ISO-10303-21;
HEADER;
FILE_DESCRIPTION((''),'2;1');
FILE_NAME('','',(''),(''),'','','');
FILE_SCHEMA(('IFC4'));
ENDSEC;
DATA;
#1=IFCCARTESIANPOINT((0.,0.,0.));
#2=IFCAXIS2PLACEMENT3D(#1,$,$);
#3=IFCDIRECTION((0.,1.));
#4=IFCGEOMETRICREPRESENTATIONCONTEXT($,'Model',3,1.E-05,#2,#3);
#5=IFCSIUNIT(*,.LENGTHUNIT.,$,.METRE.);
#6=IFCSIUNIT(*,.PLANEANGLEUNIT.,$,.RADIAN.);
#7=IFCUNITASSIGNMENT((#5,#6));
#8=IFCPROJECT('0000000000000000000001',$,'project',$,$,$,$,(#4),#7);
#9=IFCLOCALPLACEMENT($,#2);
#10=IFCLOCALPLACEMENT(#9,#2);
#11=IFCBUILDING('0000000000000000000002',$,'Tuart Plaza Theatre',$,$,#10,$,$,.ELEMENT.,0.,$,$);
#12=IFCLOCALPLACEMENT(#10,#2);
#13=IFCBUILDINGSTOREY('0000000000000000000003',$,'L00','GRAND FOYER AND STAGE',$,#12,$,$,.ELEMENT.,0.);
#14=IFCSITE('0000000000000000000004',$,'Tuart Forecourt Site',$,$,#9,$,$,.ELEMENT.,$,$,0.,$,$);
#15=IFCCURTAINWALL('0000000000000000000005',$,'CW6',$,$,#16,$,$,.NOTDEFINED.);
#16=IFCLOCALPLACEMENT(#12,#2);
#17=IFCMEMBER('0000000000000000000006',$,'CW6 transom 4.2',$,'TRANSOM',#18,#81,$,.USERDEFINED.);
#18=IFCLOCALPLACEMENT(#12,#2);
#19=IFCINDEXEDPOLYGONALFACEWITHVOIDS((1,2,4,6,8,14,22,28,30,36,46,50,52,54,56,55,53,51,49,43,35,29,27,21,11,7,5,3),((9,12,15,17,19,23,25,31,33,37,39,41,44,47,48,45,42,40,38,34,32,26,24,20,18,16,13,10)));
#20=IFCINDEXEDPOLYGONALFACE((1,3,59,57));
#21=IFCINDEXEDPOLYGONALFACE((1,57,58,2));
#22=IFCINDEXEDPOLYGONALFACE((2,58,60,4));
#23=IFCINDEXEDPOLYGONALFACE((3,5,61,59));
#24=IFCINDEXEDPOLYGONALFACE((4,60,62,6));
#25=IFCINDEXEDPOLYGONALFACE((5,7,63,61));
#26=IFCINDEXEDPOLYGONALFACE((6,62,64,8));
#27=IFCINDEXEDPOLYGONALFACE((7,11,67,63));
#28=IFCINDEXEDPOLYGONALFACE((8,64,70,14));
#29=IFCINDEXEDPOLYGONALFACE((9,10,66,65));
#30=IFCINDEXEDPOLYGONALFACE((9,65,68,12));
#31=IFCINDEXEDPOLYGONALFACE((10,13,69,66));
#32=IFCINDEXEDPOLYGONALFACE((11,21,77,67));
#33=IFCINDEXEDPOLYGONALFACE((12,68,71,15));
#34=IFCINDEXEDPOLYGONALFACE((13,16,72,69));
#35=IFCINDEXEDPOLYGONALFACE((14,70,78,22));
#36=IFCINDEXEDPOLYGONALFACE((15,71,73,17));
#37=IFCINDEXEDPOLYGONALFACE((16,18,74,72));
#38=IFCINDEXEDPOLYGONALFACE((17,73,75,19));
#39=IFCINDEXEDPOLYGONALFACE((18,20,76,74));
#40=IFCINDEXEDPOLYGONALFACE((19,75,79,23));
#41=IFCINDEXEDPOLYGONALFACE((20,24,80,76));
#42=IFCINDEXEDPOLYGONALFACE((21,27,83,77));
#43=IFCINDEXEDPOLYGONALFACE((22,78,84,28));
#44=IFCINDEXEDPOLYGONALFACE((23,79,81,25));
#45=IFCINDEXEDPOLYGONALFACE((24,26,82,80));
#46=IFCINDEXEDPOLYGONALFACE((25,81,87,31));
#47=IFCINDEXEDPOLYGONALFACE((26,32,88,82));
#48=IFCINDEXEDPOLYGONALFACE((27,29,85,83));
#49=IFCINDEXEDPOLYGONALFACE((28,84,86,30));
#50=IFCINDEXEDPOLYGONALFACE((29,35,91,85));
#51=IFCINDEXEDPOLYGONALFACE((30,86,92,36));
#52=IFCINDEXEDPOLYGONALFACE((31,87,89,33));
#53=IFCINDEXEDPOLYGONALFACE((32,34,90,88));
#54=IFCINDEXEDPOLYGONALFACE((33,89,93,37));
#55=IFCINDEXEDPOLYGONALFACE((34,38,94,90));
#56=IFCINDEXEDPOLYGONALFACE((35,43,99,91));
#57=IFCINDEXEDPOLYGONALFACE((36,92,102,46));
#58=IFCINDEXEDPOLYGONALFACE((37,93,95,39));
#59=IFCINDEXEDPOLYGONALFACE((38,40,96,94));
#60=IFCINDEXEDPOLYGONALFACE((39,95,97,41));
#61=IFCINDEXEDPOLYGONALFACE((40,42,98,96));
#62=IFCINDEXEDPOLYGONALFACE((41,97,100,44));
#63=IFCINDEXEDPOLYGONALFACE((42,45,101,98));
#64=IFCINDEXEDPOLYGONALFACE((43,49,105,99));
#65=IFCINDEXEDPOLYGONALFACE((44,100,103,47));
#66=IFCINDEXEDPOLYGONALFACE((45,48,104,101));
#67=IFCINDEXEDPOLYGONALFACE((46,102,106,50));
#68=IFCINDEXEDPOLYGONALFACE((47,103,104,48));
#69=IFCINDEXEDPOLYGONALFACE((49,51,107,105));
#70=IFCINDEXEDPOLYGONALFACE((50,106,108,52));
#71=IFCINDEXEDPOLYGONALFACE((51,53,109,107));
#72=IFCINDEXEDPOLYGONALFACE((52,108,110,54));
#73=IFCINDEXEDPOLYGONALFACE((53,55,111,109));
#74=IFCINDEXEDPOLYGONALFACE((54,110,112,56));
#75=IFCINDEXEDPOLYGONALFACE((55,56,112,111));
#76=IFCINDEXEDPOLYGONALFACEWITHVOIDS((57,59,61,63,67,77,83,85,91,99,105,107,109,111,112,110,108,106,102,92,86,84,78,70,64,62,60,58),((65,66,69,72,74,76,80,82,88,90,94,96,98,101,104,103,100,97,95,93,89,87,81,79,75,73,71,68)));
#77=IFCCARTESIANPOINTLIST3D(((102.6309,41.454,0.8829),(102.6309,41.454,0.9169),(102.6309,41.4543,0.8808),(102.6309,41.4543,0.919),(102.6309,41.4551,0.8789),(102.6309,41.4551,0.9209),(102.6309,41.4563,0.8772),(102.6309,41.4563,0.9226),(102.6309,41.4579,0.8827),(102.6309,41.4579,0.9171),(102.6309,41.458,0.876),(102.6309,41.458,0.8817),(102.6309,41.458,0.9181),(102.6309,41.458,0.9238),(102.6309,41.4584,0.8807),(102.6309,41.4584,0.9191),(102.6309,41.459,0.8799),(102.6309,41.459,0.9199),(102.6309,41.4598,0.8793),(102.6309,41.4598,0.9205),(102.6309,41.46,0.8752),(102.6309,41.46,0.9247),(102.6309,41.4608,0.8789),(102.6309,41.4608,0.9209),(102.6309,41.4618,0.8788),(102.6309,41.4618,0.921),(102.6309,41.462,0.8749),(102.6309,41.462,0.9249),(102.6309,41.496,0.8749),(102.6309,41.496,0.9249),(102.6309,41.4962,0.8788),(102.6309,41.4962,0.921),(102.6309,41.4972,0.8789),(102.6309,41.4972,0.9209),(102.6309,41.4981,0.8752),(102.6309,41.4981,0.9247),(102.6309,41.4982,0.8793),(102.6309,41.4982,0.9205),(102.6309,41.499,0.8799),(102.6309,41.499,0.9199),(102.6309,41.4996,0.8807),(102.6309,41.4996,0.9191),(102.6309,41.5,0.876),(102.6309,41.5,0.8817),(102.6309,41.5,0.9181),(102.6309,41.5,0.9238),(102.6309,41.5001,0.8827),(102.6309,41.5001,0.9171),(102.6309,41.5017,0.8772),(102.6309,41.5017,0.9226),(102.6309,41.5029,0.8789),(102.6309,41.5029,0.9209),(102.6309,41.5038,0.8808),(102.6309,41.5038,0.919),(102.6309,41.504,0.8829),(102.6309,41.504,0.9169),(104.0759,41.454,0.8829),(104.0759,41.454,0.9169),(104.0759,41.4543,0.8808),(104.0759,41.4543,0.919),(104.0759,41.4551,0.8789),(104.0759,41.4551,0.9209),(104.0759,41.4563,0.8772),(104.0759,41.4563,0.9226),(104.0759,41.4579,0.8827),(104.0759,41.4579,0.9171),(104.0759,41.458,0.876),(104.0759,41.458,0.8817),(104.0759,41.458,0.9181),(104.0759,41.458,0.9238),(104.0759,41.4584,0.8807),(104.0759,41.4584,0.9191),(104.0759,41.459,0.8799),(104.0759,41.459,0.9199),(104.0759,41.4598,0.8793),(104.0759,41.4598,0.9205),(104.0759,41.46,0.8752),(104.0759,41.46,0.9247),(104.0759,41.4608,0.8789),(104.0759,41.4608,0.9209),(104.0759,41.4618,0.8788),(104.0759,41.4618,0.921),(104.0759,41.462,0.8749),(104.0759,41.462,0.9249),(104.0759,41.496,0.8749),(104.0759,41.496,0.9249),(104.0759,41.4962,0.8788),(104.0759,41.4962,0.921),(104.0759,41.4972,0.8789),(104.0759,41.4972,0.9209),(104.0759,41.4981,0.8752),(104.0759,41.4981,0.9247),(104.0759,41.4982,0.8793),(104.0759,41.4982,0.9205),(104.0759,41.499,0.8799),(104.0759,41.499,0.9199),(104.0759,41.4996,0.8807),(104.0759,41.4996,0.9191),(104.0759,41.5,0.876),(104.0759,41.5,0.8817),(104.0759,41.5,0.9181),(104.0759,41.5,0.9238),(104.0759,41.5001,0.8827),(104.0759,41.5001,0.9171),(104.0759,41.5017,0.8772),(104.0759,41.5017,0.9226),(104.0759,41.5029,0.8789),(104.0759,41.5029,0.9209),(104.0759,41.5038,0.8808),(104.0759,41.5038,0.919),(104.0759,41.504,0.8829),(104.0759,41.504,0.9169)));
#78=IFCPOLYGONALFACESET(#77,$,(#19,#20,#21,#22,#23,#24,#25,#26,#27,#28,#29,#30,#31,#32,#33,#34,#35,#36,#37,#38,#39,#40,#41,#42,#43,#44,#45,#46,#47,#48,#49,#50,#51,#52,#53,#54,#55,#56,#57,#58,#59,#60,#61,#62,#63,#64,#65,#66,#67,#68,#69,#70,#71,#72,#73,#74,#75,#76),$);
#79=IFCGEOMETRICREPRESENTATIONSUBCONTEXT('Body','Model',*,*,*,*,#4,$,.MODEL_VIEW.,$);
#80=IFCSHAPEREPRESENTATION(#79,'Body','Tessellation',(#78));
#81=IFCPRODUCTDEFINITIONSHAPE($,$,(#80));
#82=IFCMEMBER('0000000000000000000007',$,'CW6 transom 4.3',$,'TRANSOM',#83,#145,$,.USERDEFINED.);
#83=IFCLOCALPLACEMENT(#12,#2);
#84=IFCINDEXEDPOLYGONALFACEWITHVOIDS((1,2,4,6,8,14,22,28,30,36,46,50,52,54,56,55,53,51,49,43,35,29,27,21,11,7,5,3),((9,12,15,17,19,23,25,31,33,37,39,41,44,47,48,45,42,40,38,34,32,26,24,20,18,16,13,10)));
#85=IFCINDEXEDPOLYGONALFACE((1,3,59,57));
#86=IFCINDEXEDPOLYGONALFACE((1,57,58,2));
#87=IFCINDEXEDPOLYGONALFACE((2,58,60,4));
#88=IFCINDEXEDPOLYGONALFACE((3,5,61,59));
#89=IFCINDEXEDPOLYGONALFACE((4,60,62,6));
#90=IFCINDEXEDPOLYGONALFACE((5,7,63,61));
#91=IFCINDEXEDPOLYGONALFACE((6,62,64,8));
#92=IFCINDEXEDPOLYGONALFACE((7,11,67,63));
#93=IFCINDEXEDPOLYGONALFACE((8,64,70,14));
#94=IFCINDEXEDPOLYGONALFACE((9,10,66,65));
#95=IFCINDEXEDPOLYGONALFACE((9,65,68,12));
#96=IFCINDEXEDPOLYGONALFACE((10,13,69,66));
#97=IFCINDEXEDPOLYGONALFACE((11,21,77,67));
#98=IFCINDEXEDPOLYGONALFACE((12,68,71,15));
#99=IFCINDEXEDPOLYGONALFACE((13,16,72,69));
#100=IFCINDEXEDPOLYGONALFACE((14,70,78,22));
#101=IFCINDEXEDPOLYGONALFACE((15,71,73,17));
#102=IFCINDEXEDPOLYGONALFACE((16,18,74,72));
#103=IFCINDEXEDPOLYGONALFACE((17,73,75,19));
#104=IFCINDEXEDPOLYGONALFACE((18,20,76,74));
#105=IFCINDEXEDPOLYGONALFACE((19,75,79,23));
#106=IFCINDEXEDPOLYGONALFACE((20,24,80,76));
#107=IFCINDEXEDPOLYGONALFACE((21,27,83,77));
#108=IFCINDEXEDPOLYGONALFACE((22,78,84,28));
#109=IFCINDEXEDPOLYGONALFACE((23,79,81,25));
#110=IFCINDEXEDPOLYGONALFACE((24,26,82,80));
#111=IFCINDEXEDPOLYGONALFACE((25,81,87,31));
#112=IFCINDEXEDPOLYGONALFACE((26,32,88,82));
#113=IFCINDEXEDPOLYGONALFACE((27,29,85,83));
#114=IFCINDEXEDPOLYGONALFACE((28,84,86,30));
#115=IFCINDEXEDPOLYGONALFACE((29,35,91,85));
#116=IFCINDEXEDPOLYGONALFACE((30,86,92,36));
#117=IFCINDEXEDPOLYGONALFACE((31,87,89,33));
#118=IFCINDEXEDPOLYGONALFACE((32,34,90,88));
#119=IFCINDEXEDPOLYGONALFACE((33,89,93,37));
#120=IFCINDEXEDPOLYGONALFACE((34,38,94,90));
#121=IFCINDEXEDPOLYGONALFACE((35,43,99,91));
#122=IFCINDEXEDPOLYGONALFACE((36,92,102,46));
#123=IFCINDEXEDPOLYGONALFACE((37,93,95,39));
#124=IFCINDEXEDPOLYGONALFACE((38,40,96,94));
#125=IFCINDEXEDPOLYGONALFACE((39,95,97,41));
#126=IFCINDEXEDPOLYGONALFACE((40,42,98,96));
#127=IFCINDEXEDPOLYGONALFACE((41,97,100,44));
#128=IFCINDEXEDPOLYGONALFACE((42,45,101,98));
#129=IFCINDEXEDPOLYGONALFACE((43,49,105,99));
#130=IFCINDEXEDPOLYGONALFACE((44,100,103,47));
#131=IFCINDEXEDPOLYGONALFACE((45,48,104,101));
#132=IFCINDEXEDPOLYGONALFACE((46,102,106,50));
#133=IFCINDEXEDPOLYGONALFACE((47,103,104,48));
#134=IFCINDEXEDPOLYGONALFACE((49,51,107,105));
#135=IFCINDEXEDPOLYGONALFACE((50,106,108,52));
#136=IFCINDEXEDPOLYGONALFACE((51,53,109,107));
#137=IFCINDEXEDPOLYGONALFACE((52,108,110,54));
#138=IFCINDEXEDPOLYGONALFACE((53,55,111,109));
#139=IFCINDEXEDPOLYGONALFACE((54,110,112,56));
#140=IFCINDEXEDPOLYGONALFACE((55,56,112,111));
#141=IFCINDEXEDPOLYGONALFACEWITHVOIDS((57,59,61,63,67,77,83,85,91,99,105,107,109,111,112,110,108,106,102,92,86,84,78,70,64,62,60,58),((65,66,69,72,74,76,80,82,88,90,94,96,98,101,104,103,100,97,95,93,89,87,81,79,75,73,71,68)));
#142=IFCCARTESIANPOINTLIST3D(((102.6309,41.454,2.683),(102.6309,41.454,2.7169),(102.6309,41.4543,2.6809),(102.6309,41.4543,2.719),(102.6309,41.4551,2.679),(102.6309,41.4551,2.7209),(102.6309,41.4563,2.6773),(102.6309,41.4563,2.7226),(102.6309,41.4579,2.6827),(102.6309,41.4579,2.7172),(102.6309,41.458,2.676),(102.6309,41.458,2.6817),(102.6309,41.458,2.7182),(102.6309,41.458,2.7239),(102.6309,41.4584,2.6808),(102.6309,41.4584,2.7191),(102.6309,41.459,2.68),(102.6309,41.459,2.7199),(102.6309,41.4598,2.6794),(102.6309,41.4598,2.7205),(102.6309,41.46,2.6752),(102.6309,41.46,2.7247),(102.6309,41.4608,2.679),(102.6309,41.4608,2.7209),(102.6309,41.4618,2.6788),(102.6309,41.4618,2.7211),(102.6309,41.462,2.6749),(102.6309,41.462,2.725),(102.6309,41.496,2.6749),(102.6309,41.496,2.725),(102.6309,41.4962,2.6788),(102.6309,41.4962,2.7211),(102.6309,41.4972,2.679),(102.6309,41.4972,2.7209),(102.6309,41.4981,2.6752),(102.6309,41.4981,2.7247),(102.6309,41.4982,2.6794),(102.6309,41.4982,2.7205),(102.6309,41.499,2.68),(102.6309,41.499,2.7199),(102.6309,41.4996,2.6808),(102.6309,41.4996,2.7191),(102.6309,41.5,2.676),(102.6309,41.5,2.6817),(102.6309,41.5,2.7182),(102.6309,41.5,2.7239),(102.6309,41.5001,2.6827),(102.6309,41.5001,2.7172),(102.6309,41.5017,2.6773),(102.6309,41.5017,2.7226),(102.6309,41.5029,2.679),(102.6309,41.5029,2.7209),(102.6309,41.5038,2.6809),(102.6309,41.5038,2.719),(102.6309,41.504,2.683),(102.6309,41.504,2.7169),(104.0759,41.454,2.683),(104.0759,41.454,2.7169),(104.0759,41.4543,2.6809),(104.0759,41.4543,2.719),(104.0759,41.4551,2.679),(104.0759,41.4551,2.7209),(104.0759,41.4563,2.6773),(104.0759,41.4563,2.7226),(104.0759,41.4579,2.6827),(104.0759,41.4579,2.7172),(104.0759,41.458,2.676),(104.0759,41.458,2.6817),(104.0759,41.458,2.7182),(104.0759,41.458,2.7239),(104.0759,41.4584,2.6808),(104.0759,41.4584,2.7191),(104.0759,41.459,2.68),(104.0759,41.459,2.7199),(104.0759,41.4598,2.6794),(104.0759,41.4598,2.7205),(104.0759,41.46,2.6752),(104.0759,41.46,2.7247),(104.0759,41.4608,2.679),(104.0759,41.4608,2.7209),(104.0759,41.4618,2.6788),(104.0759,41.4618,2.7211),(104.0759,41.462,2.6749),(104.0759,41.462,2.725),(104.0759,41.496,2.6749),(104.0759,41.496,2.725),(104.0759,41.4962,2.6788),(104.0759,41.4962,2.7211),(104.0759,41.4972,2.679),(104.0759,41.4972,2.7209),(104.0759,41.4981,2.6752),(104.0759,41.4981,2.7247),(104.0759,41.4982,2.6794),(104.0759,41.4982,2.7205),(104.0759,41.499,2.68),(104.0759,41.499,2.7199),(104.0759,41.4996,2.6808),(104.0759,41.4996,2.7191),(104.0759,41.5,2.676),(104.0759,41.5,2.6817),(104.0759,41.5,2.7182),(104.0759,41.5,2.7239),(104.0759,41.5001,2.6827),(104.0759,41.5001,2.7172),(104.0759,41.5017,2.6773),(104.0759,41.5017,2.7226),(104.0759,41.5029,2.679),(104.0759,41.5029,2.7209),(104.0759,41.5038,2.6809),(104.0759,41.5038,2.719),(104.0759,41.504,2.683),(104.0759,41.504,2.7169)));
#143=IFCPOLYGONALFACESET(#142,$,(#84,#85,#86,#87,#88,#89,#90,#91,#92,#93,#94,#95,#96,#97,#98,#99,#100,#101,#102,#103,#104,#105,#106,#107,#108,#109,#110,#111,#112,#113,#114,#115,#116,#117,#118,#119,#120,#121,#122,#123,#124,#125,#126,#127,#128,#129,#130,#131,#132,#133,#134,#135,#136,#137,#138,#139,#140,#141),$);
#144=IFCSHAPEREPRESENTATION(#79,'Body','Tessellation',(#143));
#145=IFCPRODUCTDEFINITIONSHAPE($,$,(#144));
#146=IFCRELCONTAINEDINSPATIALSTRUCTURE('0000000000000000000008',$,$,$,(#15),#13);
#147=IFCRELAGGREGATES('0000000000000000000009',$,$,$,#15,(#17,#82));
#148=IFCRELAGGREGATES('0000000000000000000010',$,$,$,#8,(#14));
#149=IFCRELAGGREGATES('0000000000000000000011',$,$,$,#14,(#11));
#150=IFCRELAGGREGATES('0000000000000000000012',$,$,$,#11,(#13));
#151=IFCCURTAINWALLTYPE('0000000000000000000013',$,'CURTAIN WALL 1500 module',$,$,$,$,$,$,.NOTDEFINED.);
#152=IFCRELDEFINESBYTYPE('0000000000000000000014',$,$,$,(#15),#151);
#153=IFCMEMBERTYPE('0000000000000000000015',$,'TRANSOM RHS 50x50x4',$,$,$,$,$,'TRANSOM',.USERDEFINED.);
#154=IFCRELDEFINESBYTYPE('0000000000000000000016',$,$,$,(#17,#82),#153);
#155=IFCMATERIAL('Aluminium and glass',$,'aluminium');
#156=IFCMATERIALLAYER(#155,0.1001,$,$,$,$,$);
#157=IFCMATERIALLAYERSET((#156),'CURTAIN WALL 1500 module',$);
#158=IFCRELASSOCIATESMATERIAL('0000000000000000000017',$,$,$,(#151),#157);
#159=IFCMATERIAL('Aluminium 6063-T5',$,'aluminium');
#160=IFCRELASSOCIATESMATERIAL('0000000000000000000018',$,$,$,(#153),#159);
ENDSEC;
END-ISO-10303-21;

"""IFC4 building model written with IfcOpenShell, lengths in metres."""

from ifc_helpers import new_model, si_unit, direction, frame, origin, origin_2d, place, context, subcontext, project, spatial, hollow_rectangle, extrude, material, layer, layer_set, material_profile, profile_set, type_object, element, aggregate, save


model = new_model("IFC4")

# Units and contexts
model_context = context("Model", 3, precision=1e-05, world=origin(), true_north=direction((0.0, 1.0)))
body_context = subcontext(model_context, "Body", "Model", "MODEL_VIEW")
ifc_project = project(units=[si_unit("LENGTHUNIT", "METRE"), si_unit("PLANEANGLEUNIT", "RADIAN")], contexts=[model_context])

# Site, building, storey
site_placement = place(None, origin())
site = spatial("IfcSite", under=ifc_project, at=site_placement, Name="Tuart Forecourt Site", CompositionType="ELEMENT", RefElevation=0.0)
building_placement = place(site_placement, origin())
building = spatial("IfcBuilding", under=site, at=building_placement, Name="Tuart Plaza Theatre", CompositionType="ELEMENT", ElevationOfRefHeight=0.0)
storey_placement = place(building_placement, origin())
storey = spatial("IfcBuildingStorey", under=building, at=storey_placement, Name="L00", Description="GRAND FOYER AND STAGE", CompositionType="ELEMENT", Elevation=0.0)

# Curtain wall, members
ifc_material_1 = material(Name="Aluminium and glass", Category="aluminium")
ifc_layer_1 = layer(ifc_material_1, 0.1001)
ifc_layer_set_1 = layer_set([ifc_layer_1], Name="CURTAIN WALL 1500 module")
curtain_wall_type = type_object("IfcCurtainWallType", Name="CURTAIN WALL 1500 module", PredefinedType="NOTDEFINED", material=ifc_layer_set_1)
curtain_wall_placement = place(storey_placement, origin())
curtain_wall = element("IfcCurtainWall", 1, at=curtain_wall_placement, inside=storey, type_object=curtain_wall_type, Name="CW6", PredefinedType="NOTDEFINED")
ifc_material_2 = material(Name="Aluminium 6063-T5", Category="aluminium")
ifc_material_profile_1 = material_profile(ifc_material_2, hollow_rectangle(XDim=0.05, YDim=0.05, WallThickness=0.0039, InnerFilletRadius=0.0039, OuterFilletRadius=0.0081, at=origin_2d()), Name="RHS 50x50x4")
ifc_profile_set_1 = profile_set([ifc_material_profile_1], Name="Aluminium 6063-T5")
member_type_1 = type_object("IfcMemberType", Name="TRANSOM RHS 50x50x4", ElementType="TRANSOM", PredefinedType="USERDEFINED", material=ifc_profile_set_1)
member_1_placement = place(storey_placement, frame((102.6309, 41.479, 0.8999), z_axis=(1.0, 0.0, 0.0), x_axis=(0.0, 1.0, 0.0)))
member_1 = element("IfcMember", 2, at=member_1_placement, type_object=member_type_1, Name="CW6 transom 4.2", ObjectType="TRANSOM", PredefinedType="USERDEFINED", context=body_context, shape_type="SweptSolid", body=[
    extrude(hollow_rectangle(XDim=0.05, YDim=0.05, WallThickness=0.0039, InnerFilletRadius=0.0039, OuterFilletRadius=0.0081, at=origin_2d()), origin(), (0.0, 0.0, 1.0), 1.4451),
])
member_2_placement = place(storey_placement, frame((102.6309, 41.479, 2.7), z_axis=(1.0, 0.0, 0.0), x_axis=(0.0, 1.0, 0.0)))
member_2 = element("IfcMember", 3, at=member_2_placement, type_object=member_type_1, Name="CW6 transom 4.3", ObjectType="TRANSOM", PredefinedType="USERDEFINED", context=body_context, shape_type="SweptSolid", body=[
    extrude(hollow_rectangle(XDim=0.05, YDim=0.05, WallThickness=0.0039, InnerFilletRadius=0.0039, OuterFilletRadius=0.0081, at=origin_2d()), origin(), (0.0, 0.0, 1.0), 1.4451),
])
aggregate(curtain_wall, [member_1, member_2])

save(model, "model.ifc")
